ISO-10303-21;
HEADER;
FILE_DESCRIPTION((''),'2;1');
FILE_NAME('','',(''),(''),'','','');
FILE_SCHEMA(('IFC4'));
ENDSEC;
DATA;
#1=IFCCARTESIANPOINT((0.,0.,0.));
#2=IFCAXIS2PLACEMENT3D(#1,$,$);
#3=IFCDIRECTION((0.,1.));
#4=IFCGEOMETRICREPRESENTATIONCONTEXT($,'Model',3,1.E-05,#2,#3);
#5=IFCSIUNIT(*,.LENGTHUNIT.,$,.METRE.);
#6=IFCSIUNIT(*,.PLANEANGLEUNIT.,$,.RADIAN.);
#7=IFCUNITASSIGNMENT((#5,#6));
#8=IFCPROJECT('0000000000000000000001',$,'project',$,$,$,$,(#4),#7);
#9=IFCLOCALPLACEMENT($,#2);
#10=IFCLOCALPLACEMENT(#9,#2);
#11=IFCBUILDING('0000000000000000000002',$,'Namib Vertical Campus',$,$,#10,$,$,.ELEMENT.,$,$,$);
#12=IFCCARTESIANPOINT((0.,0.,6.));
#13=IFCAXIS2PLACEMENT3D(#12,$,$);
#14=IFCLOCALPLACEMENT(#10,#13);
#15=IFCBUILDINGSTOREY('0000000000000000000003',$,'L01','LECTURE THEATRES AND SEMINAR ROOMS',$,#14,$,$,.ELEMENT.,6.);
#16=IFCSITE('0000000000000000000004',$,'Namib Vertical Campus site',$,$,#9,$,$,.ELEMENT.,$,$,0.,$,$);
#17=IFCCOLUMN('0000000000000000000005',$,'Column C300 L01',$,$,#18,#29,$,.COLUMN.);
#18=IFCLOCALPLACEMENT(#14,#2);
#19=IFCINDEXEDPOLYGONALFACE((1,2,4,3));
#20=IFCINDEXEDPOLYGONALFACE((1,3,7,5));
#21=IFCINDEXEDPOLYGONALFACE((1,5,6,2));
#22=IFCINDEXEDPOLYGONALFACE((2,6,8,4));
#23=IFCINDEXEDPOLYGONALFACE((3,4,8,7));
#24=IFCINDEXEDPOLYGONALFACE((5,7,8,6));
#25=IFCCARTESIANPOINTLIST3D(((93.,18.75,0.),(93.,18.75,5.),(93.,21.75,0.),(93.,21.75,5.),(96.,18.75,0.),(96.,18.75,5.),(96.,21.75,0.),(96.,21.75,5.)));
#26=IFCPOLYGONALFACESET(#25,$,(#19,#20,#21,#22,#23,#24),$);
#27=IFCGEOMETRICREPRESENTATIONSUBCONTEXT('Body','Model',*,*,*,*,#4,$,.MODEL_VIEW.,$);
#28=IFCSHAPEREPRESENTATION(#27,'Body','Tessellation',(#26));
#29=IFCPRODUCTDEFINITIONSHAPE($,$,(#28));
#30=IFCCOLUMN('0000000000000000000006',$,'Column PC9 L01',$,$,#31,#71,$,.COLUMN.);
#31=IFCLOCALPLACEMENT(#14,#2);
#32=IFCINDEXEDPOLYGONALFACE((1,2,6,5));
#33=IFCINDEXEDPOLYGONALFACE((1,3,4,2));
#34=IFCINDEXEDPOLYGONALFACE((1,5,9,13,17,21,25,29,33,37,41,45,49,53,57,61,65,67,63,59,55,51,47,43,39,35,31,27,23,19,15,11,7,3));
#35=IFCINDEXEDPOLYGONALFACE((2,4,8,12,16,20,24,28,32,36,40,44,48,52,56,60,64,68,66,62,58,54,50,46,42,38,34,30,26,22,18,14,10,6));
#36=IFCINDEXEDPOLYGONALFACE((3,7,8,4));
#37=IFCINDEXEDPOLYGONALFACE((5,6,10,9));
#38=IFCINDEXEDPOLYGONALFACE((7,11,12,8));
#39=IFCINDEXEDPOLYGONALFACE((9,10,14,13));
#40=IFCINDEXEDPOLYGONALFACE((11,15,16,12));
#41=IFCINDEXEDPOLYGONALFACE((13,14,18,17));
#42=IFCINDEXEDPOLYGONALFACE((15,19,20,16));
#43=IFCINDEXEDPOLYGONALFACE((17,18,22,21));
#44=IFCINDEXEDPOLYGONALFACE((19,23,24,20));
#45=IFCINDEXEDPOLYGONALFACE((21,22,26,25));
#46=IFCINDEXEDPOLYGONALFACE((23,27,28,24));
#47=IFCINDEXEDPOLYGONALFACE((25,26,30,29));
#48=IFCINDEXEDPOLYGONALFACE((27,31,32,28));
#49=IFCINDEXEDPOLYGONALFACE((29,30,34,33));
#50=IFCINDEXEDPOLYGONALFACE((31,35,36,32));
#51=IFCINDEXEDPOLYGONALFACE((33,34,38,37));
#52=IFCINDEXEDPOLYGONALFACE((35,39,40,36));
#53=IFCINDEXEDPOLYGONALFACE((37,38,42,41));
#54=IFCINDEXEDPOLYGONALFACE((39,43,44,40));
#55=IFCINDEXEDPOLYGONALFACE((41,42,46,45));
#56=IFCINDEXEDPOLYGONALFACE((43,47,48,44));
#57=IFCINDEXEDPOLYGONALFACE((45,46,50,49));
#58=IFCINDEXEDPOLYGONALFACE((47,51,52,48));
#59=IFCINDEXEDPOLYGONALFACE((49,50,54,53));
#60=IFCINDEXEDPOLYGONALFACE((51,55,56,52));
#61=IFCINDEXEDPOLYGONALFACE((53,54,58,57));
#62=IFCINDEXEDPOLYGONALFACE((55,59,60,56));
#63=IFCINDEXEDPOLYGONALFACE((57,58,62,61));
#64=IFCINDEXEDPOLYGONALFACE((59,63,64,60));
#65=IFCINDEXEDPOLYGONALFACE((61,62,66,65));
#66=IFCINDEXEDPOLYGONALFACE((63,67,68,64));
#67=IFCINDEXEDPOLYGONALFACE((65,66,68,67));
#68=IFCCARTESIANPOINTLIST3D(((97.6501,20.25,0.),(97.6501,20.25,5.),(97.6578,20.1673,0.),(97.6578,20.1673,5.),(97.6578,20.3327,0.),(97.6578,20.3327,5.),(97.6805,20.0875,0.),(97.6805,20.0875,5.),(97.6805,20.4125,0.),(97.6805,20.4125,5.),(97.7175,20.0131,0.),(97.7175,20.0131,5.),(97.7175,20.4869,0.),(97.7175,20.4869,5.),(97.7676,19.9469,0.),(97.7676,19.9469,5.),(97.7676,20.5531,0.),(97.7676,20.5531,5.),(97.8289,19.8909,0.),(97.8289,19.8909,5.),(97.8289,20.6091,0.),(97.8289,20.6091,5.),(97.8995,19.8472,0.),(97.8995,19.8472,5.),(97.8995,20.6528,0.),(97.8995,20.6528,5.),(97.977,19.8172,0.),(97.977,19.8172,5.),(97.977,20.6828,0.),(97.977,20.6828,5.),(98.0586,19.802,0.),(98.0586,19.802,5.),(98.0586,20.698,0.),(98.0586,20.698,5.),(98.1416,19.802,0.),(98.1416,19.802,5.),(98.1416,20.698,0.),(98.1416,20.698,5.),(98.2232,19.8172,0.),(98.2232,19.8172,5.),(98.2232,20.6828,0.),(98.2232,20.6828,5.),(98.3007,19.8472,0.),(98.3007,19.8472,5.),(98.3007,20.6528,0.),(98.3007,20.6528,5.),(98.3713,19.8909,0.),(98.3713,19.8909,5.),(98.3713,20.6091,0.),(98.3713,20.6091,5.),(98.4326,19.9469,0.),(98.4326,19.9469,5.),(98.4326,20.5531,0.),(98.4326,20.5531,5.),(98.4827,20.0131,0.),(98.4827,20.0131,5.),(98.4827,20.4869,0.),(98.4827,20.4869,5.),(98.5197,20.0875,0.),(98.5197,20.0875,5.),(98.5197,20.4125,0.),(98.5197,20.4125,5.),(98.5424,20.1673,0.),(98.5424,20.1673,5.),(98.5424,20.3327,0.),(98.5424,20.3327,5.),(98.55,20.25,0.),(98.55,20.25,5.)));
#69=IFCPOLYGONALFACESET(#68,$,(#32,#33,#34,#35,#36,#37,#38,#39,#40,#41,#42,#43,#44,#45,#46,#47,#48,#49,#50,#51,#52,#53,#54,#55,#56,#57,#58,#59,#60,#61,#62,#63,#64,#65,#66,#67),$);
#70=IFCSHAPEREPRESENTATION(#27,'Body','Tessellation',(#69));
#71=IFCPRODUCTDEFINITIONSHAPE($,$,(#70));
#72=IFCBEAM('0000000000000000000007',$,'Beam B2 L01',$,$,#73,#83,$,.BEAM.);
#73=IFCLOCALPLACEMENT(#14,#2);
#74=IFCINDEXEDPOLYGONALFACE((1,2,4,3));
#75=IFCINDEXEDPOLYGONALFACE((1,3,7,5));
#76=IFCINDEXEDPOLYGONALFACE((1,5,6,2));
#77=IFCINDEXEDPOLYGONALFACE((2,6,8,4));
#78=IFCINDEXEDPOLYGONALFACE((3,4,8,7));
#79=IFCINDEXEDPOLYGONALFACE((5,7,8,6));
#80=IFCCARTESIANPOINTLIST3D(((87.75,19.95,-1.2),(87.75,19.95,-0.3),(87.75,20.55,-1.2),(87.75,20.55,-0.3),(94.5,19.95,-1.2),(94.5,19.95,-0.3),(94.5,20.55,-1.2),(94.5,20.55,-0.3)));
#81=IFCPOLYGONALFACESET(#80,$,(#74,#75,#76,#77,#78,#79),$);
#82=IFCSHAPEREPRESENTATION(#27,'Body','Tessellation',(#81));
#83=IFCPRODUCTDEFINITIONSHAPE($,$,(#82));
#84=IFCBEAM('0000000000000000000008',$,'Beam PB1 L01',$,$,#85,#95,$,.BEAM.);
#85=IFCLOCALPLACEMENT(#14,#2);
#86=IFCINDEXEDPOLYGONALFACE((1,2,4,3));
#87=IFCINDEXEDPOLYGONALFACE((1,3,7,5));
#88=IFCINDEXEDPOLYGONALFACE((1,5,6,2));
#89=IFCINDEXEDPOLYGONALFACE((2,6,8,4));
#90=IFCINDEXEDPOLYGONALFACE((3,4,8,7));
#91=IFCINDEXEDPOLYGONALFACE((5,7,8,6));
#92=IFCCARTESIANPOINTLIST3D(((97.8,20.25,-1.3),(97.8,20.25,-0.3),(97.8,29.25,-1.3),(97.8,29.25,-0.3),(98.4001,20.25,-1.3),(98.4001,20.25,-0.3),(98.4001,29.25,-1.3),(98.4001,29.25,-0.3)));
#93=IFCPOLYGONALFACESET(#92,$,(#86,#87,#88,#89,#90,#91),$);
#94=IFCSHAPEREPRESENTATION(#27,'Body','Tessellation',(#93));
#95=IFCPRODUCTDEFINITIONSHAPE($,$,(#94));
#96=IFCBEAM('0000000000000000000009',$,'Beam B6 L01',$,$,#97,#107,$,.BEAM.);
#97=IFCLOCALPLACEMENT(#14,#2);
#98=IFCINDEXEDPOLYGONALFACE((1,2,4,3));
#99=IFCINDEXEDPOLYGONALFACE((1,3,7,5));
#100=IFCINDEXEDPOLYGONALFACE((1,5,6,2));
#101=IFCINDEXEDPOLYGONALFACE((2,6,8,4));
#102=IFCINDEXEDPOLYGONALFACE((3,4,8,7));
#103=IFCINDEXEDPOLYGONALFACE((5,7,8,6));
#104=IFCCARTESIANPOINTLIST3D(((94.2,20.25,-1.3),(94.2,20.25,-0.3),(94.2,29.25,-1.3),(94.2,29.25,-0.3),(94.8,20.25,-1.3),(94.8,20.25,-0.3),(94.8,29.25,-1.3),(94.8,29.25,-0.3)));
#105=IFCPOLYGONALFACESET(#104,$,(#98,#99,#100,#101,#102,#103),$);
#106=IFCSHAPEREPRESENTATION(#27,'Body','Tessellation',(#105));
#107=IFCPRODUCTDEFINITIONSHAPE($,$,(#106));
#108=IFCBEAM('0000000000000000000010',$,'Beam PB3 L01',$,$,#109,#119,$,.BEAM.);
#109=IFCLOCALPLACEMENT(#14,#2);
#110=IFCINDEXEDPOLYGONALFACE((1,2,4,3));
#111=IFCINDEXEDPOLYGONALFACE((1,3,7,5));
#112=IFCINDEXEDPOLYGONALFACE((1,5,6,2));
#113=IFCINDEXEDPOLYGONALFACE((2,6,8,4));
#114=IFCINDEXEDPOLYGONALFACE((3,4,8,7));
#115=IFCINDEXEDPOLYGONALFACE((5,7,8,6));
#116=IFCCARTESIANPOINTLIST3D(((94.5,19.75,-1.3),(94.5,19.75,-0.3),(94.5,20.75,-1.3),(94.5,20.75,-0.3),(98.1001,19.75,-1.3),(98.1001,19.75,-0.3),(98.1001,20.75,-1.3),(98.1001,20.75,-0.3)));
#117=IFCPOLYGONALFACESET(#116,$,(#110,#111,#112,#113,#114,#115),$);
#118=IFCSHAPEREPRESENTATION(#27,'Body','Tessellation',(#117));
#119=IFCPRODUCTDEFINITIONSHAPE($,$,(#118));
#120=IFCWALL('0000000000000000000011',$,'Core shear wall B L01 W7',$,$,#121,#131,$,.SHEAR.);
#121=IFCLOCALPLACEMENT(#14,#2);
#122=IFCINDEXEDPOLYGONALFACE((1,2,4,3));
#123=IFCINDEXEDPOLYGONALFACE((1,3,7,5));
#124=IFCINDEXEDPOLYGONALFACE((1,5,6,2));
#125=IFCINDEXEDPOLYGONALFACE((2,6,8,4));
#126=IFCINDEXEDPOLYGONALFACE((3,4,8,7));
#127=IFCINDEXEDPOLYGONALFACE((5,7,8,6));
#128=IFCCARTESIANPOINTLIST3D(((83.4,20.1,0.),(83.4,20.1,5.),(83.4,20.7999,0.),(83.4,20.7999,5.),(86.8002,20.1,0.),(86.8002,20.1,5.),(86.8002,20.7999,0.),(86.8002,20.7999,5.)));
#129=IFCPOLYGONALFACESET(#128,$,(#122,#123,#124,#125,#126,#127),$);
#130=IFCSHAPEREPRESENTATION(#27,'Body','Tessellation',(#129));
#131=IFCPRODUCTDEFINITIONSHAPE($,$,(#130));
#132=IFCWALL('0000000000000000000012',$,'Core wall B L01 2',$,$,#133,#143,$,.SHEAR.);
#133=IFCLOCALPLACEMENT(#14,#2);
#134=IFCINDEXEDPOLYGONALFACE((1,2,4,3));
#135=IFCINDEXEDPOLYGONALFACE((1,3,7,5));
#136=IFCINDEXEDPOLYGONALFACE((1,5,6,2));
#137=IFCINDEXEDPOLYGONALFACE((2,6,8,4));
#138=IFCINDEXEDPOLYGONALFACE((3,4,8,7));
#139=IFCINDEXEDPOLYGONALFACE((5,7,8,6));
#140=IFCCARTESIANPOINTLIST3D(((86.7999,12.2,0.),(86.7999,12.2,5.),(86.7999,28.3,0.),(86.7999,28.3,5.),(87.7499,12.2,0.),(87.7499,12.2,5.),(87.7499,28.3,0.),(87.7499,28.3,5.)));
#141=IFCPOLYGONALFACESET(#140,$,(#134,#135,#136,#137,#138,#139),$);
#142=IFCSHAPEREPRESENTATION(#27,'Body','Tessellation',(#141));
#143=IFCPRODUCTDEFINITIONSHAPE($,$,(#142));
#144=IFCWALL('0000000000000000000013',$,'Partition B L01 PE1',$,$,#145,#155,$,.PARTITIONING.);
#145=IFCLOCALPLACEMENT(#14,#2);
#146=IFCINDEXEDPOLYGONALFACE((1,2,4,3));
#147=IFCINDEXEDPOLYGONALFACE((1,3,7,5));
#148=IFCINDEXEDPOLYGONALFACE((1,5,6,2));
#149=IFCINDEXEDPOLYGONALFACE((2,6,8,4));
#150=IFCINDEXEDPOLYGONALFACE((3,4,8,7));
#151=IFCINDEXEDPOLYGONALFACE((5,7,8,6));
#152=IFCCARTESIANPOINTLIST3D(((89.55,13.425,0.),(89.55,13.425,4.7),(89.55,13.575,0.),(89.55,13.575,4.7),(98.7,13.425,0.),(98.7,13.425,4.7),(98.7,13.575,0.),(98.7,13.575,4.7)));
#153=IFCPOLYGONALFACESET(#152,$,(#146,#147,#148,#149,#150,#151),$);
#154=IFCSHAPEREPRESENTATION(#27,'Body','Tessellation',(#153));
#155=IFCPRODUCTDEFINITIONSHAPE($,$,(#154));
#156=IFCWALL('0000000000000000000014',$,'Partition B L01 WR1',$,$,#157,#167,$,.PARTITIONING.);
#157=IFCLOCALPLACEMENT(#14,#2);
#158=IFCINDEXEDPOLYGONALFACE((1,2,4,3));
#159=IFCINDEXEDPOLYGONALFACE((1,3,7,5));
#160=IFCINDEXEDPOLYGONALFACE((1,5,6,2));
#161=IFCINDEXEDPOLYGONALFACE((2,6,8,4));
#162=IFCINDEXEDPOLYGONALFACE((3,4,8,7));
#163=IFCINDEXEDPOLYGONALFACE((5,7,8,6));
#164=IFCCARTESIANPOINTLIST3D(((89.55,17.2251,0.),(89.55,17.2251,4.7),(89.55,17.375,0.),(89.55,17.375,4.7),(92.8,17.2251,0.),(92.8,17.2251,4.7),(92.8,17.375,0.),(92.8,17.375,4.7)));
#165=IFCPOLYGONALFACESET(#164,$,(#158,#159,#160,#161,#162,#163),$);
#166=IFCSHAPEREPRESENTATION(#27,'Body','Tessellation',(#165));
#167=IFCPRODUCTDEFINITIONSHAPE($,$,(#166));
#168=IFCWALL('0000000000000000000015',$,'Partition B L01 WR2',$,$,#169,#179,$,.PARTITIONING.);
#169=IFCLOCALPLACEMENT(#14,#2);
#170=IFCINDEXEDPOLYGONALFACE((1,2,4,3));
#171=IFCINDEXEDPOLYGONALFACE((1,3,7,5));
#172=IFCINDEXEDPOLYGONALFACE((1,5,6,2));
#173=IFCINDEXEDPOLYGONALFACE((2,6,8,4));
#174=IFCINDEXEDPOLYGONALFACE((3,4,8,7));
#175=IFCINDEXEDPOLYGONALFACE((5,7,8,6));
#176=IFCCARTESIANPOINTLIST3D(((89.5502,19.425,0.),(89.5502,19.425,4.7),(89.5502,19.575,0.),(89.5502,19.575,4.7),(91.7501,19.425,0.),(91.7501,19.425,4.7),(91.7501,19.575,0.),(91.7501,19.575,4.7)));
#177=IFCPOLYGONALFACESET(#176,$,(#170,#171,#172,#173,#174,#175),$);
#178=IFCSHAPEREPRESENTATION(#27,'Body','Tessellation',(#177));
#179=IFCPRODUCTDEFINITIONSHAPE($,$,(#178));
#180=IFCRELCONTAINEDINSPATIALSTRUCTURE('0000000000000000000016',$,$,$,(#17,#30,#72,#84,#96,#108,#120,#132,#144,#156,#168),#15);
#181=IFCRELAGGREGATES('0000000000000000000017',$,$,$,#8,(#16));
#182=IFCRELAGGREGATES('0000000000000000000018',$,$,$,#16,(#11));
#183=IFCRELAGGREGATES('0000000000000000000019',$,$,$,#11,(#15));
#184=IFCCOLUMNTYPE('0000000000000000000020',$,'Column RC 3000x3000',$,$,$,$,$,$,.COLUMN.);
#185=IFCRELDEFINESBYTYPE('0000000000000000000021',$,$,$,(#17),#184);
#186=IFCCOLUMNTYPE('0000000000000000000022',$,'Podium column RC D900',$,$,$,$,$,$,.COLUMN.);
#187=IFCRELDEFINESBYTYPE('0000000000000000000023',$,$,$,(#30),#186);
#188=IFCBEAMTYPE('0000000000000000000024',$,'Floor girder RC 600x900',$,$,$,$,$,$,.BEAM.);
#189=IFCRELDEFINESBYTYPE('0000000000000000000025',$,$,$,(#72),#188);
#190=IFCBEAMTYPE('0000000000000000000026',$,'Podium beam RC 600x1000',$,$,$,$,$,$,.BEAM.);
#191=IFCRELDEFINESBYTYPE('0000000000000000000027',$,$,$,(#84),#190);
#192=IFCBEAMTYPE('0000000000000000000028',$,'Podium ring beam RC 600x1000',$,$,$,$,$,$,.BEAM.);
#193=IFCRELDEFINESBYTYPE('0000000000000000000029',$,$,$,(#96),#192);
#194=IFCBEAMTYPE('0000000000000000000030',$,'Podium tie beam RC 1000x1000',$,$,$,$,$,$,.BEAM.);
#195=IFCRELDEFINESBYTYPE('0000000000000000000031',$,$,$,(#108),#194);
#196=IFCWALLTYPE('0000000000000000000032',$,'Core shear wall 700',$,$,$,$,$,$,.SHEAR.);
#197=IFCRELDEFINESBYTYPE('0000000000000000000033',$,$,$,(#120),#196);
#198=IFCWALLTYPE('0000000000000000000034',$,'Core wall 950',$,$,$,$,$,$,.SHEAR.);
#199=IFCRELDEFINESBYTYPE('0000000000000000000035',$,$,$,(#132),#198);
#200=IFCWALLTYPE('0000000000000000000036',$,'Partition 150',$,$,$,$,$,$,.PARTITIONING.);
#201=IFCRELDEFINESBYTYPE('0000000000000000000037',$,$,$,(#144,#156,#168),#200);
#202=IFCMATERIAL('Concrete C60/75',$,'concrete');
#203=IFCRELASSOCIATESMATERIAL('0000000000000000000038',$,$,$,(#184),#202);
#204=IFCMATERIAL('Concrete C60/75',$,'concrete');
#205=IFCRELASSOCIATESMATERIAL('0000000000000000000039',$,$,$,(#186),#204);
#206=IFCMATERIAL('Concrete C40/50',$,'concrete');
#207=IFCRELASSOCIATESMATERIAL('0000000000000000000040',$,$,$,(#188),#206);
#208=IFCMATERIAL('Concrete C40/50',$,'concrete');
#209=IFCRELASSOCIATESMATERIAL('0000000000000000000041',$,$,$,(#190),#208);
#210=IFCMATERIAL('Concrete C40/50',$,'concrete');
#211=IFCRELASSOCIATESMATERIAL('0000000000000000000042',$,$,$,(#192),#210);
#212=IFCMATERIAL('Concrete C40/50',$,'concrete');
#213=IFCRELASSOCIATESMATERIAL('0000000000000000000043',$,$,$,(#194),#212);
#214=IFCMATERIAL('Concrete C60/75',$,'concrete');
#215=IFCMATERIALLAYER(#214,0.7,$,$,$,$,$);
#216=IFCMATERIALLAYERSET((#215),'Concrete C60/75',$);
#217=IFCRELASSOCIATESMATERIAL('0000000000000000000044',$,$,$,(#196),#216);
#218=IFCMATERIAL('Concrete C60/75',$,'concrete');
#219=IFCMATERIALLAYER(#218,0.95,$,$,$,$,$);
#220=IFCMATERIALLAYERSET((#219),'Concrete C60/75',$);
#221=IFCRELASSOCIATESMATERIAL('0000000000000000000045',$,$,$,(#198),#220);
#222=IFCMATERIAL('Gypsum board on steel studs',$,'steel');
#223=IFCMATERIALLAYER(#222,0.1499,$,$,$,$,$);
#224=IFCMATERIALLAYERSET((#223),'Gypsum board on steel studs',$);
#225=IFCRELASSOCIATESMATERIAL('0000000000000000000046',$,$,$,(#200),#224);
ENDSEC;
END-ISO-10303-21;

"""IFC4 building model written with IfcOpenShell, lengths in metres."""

from ifc_helpers import new_model, si_unit, direction, frame, frame_2d, origin, origin_2d, place, context, subcontext, project, spatial, rectangle, circle, extrude, material, layer, layer_set, material_profile, profile_set, type_object, element, save


model = new_model("IFC4")

# Units and contexts
model_context = context("Model", 3, precision=1e-05, world=origin(), true_north=direction((0.0, 1.0)))
body_context = subcontext(model_context, "Body", "Model", "MODEL_VIEW")
ifc_project = project(units=[si_unit("LENGTHUNIT", "METRE"), si_unit("PLANEANGLEUNIT", "RADIAN")], contexts=[model_context])

# Site, building, storey
site_placement = place(None, origin())
site = spatial("IfcSite", under=ifc_project, at=site_placement, Name="Namib Vertical Campus site", CompositionType="ELEMENT", RefElevation=0.0)
building_placement = place(site_placement, origin())
building = spatial("IfcBuilding", under=site, at=building_placement, Name="Namib Vertical Campus", CompositionType="ELEMENT")
storey_placement = place(building_placement, frame((0.0, 0.0, 6.0)))
storey = spatial("IfcBuildingStorey", under=building, at=storey_placement, Name="L01", Description="LECTURE THEATRES AND SEMINAR ROOMS", CompositionType="ELEMENT", Elevation=6.0)

# Columns
ifc_material_1 = material(Name="Concrete C60/75", Category="concrete")
ifc_material_profile_1 = material_profile(ifc_material_1, rectangle(XDim=3.0, YDim=3.0, at=origin_2d()))
ifc_profile_set_1 = profile_set([ifc_material_profile_1], Name="Concrete C60/75")
column_type_1 = type_object("IfcColumnType", Name="Column RC 3000x3000", PredefinedType="COLUMN", material=ifc_profile_set_1)
column_1_placement = place(storey_placement, frame((94.5, 20.25, 0.0), z_axis=(0.0, 0.0, 1.0), x_axis=(1.0, 0.0, 0.0)))
element("IfcColumn", 1, at=column_1_placement, inside=storey, type_object=column_type_1, Name="Column C300 L01", PredefinedType="COLUMN", context=body_context, shape_type="SweptSolid", body=[
    extrude(rectangle(XDim=3.0, YDim=3.0, at=origin_2d()), origin(), (0.0, 0.0, 1.0), 5.0),
])
ifc_material_2 = material(Name="Concrete C60/75", Category="concrete")
ifc_material_profile_2 = material_profile(ifc_material_2, circle(Radius=0.45, at=origin_2d()))
ifc_profile_set_2 = profile_set([ifc_material_profile_2], Name="Concrete C60/75")
column_type_2 = type_object("IfcColumnType", Name="Podium column RC D900", PredefinedType="COLUMN", material=ifc_profile_set_2)
column_2_placement = place(storey_placement, frame((98.1001, 20.25, 0.0), z_axis=(0.0, 0.0, 1.0), x_axis=(1.0, 0.0, 0.0)))
element("IfcColumn", 2, at=column_2_placement, inside=storey, type_object=column_type_2, Name="Column PC9 L01", PredefinedType="COLUMN", context=body_context, shape_type="SweptSolid", body=[
    extrude(circle(Radius=0.45, at=origin_2d()), origin(), (0.0, 0.0, 1.0), 5.0),
])

# Beams
ifc_material_3 = material(Name="Concrete C40/50", Category="concrete")
ifc_material_profile_3 = material_profile(ifc_material_3, rectangle(XDim=0.6001, YDim=0.8999, at=origin_2d()))
ifc_profile_set_3 = profile_set([ifc_material_profile_3], Name="Concrete C40/50")
beam_type_1 = type_object("IfcBeamType", Name="Floor girder RC 600x900", PredefinedType="BEAM", material=ifc_profile_set_3)
beam_1_placement = place(storey_placement, frame((94.5, 20.25, -0.75), z_axis=(-1.0, 0.0, 0.0), x_axis=(0.0, -1.0, 0.0)))
element("IfcBeam", 3, at=beam_1_placement, inside=storey, type_object=beam_type_1, Name="Beam B2 L01", PredefinedType="BEAM", context=body_context, shape_type="SweptSolid", body=[
    extrude(rectangle(XDim=0.6001, YDim=0.8999, at=origin_2d()), origin(), (0.0, 0.0, 1.0), 6.75),
])
ifc_material_4 = material(Name="Concrete C40/50", Category="concrete")
ifc_material_profile_4 = material_profile(ifc_material_4, rectangle(XDim=0.6001, YDim=1.0, at=origin_2d()))
ifc_profile_set_4 = profile_set([ifc_material_profile_4], Name="Concrete C40/50")
beam_type_2 = type_object("IfcBeamType", Name="Podium beam RC 600x1000", PredefinedType="BEAM", material=ifc_profile_set_4)
beam_2_placement = place(storey_placement, frame((98.1001, 20.25, -0.8), z_axis=(0.0, 1.0, 0.0), x_axis=(-1.0, 0.0, 0.0)))
element("IfcBeam", 4, at=beam_2_placement, inside=storey, type_object=beam_type_2, Name="Beam PB1 L01", PredefinedType="BEAM", context=body_context, shape_type="SweptSolid", body=[
    extrude(rectangle(XDim=0.6001, YDim=1.0, at=origin_2d()), origin(), (0.0, 0.0, 1.0), 9.0),
])
ifc_material_5 = material(Name="Concrete C40/50", Category="concrete")
ifc_material_profile_5 = material_profile(ifc_material_5, rectangle(XDim=0.6001, YDim=1.0, at=origin_2d()))
ifc_profile_set_5 = profile_set([ifc_material_profile_5], Name="Concrete C40/50")
beam_type_3 = type_object("IfcBeamType", Name="Podium ring beam RC 600x1000", PredefinedType="BEAM", material=ifc_profile_set_5)
beam_3_placement = place(storey_placement, frame((94.5, 20.25, -0.8), z_axis=(0.0, 1.0, 0.0), x_axis=(-1.0, 0.0, 0.0)))
element("IfcBeam", 5, at=beam_3_placement, inside=storey, type_object=beam_type_3, Name="Beam B6 L01", PredefinedType="BEAM", context=body_context, shape_type="SweptSolid", body=[
    extrude(rectangle(XDim=0.6001, YDim=1.0, at=origin_2d()), origin(), (0.0, 0.0, 1.0), 9.0),
])
ifc_material_6 = material(Name="Concrete C40/50", Category="concrete")
ifc_material_profile_6 = material_profile(ifc_material_6, rectangle(XDim=1.0, YDim=1.0, at=origin_2d()))
ifc_profile_set_6 = profile_set([ifc_material_profile_6], Name="Concrete C40/50")
beam_type_4 = type_object("IfcBeamType", Name="Podium tie beam RC 1000x1000", PredefinedType="BEAM", material=ifc_profile_set_6)
beam_4_placement = place(storey_placement, frame((94.5, 20.25, -0.8), z_axis=(1.0, 0.0, 0.0), x_axis=(0.0, 1.0, 0.0)))
element("IfcBeam", 6, at=beam_4_placement, inside=storey, type_object=beam_type_4, Name="Beam PB3 L01", PredefinedType="BEAM", context=body_context, shape_type="SweptSolid", body=[
    extrude(rectangle(XDim=1.0, YDim=1.0, at=origin_2d()), origin(), (0.0, 0.0, 1.0), 3.6001),
])

# Walls
ifc_material_7 = material(Name="Concrete C60/75", Category="concrete")
ifc_layer_1 = layer(ifc_material_7, 0.7)
ifc_layer_set_1 = layer_set([ifc_layer_1], Name="Concrete C60/75")
wall_type_1 = type_object("IfcWallType", Name="Core shear wall 700", PredefinedType="SHEAR", material=ifc_layer_set_1)
wall_1_placement = place(storey_placement, frame((83.3999, 20.45, 0.0), z_axis=(0.0, 0.0, 1.0), x_axis=(1.0, 0.0, 0.0)))
element("IfcWall", 7, at=wall_1_placement, inside=storey, type_object=wall_type_1, Name="Core shear wall B L01 W7", PredefinedType="SHEAR", context=body_context, shape_type="SweptSolid", body=[
    extrude(rectangle(XDim=3.4001, YDim=0.7, at=frame_2d((1.7002, 0.0))), origin(), (0.0, 0.0, 1.0), 5.0),
])
ifc_material_8 = material(Name="Concrete C60/75", Category="concrete")
ifc_layer_2 = layer(ifc_material_8, 0.95)
ifc_layer_set_2 = layer_set([ifc_layer_2], Name="Concrete C60/75")
wall_type_2 = type_object("IfcWallType", Name="Core wall 950", PredefinedType="SHEAR", material=ifc_layer_set_2)
wall_2_placement = place(storey_placement, frame((87.2749, 12.2, 0.0), z_axis=(0.0, 0.0, 1.0), x_axis=(0.0, 1.0, 0.0)))
element("IfcWall", 8, at=wall_2_placement, inside=storey, type_object=wall_type_2, Name="Core wall B L01 2", PredefinedType="SHEAR", context=body_context, shape_type="SweptSolid", body=[
    extrude(rectangle(XDim=16.1001, YDim=0.95, at=frame_2d((8.05, 0.0))), origin(), (0.0, 0.0, 1.0), 5.0),
])
ifc_material_9 = material(Name="Gypsum board on steel studs", Category="steel")
ifc_layer_3 = layer(ifc_material_9, 0.1499)
ifc_layer_set_3 = layer_set([ifc_layer_3], Name="Gypsum board on steel studs")
wall_type_3 = type_object("IfcWallType", Name="Partition 150", PredefinedType="PARTITIONING", material=ifc_layer_set_3)
wall_3_placement = place(storey_placement, frame((89.55, 13.5, 0.0), z_axis=(0.0, 0.0, 1.0), x_axis=(1.0, 0.0, 0.0)))
element("IfcWall", 9, at=wall_3_placement, inside=storey, type_object=wall_type_3, Name="Partition B L01 PE1", PredefinedType="PARTITIONING", context=body_context, shape_type="SweptSolid", body=[
    extrude(rectangle(XDim=9.1499, YDim=0.1499, at=frame_2d((4.575, 0.0))), origin(), (0.0, 0.0, 1.0), 4.7),
])
wall_4_placement = place(storey_placement, frame((89.55, 17.3, 0.0), z_axis=(0.0, 0.0, 1.0), x_axis=(1.0, 0.0, 0.0)))
element("IfcWall", 10, at=wall_4_placement, inside=storey, type_object=wall_type_3, Name="Partition B L01 WR1", PredefinedType="PARTITIONING", context=body_context, shape_type="SweptSolid", body=[
    extrude(rectangle(XDim=3.25, YDim=0.1499, at=frame_2d((1.625, 0.0))), origin(), (0.0, 0.0, 1.0), 4.7),
])
wall_5_placement = place(storey_placement, frame((89.55, 19.5, 0.0), z_axis=(0.0, 0.0, 1.0), x_axis=(1.0, 0.0, 0.0)))
element("IfcWall", 11, at=wall_5_placement, inside=storey, type_object=wall_type_3, Name="Partition B L01 WR2", PredefinedType="PARTITIONING", context=body_context, shape_type="SweptSolid", body=[
    extrude(rectangle(XDim=2.2, YDim=0.1499, at=frame_2d((1.1001, 0.0))), origin(), (0.0, 0.0, 1.0), 4.7),
])

save(model, "model.ifc")
